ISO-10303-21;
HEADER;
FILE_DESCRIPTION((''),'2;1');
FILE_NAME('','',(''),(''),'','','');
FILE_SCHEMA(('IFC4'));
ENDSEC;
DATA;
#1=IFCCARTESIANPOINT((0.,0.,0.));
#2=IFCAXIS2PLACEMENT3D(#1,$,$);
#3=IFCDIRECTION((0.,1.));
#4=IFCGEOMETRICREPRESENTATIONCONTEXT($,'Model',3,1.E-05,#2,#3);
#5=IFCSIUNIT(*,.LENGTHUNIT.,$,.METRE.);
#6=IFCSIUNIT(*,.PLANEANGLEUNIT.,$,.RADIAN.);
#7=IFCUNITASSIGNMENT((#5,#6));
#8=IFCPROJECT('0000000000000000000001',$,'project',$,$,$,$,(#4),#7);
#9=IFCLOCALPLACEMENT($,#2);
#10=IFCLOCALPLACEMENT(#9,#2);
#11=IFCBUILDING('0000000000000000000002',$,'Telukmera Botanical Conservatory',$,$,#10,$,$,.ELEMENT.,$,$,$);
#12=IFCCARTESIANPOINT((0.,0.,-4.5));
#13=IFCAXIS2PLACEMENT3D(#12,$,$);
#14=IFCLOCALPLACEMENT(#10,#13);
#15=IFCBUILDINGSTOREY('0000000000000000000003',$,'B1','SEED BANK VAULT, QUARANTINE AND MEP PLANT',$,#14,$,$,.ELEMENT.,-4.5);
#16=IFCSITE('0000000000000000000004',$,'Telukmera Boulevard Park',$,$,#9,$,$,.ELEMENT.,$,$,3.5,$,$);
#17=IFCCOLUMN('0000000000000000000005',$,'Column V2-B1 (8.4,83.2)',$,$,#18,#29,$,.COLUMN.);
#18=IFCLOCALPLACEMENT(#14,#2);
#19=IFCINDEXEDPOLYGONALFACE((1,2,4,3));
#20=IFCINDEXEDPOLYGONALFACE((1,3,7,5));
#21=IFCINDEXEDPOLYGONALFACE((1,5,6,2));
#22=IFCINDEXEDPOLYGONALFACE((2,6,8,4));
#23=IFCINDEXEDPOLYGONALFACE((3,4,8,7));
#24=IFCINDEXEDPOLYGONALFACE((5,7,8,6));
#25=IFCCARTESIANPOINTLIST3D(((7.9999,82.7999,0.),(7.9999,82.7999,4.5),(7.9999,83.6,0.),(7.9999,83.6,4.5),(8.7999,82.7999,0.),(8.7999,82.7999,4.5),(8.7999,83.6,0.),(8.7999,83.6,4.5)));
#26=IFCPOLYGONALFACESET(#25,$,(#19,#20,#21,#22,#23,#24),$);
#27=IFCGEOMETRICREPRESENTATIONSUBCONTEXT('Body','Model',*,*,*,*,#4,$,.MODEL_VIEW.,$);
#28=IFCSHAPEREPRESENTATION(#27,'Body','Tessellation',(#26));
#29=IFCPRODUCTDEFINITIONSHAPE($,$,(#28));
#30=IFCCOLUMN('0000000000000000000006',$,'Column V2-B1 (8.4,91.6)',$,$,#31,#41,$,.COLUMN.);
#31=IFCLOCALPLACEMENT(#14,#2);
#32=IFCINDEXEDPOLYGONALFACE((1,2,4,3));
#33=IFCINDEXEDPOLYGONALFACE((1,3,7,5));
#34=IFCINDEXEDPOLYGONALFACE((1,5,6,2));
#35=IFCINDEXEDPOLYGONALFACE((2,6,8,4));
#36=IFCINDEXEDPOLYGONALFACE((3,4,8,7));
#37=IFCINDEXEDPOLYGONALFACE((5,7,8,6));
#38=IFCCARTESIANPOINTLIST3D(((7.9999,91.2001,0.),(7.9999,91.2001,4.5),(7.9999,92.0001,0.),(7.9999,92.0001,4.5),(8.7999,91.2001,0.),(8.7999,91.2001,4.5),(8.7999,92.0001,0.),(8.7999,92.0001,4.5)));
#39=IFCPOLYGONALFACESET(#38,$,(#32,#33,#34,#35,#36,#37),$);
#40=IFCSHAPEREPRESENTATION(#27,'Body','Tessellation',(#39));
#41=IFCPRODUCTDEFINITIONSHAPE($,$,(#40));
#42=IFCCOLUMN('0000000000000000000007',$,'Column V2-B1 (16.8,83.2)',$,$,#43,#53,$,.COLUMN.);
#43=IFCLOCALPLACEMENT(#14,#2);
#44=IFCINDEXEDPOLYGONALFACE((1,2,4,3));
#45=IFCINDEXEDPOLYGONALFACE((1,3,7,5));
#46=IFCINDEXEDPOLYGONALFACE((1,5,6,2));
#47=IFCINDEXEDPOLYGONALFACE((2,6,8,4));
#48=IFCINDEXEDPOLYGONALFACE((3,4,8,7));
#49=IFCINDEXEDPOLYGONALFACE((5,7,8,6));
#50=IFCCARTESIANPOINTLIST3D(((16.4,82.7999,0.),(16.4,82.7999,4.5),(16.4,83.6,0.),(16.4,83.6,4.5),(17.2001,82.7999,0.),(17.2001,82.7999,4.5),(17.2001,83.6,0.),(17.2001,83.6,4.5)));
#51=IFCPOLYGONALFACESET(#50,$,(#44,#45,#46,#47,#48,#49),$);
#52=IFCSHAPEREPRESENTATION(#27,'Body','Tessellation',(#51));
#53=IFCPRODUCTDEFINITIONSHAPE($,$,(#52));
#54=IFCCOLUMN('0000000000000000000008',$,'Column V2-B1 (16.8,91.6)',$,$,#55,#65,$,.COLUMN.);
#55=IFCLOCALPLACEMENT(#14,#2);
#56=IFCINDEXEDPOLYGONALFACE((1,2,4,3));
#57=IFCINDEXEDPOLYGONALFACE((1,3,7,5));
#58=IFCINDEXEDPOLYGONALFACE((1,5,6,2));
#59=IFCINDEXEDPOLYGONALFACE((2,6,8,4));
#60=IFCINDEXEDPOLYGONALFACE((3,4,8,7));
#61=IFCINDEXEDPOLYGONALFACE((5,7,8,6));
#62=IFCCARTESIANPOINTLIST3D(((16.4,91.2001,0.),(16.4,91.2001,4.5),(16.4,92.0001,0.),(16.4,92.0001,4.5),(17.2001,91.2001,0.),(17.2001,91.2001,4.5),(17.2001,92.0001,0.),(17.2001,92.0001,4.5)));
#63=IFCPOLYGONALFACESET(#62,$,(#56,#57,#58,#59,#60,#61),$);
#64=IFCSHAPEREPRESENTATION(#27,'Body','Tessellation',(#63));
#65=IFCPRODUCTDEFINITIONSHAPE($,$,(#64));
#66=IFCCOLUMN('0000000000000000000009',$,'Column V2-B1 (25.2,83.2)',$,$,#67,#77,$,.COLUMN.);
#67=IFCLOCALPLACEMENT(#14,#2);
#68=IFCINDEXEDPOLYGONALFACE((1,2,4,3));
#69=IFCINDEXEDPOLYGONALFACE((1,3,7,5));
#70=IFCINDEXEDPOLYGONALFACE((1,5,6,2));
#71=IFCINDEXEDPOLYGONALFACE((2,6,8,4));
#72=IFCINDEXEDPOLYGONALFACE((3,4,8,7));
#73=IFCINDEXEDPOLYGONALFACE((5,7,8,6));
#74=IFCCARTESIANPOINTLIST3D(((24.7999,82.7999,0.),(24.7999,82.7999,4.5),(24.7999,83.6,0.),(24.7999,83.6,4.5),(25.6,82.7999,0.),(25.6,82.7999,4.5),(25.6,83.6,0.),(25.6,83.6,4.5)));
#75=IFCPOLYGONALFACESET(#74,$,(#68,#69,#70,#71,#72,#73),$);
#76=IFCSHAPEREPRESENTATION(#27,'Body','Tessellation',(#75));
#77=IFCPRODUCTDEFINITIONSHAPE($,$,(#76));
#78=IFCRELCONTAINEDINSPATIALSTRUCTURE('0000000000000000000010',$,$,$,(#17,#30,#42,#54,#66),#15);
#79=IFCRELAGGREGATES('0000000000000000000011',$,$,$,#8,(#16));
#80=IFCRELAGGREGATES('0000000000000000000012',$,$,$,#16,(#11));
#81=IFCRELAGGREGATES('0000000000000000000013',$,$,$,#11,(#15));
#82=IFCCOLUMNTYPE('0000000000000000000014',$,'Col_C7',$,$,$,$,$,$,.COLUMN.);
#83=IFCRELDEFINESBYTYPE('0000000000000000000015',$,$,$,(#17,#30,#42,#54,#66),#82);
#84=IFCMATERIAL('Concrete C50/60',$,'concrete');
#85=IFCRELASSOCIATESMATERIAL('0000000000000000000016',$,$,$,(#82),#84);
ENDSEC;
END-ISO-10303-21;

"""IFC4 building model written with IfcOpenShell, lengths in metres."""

from ifc_helpers import new_model, si_unit, direction, frame, origin, origin_2d, place, context, subcontext, project, spatial, rectangle, extrude, material, material_profile, profile_set, type_object, element, save


model = new_model("IFC4")

# Units and contexts
model_context = context("Model", 3, precision=1e-05, world=origin(), true_north=direction((0.0, 1.0)))
body_context = subcontext(model_context, "Body", "Model", "MODEL_VIEW")
ifc_project = project(units=[si_unit("LENGTHUNIT", "METRE"), si_unit("PLANEANGLEUNIT", "RADIAN")], contexts=[model_context])

# Site, building, storey
site_placement = place(None, origin())
site = spatial("IfcSite", under=ifc_project, at=site_placement, Name="Telukmera Boulevard Park", CompositionType="ELEMENT", RefElevation=3.5)
building_placement = place(site_placement, origin())
building = spatial("IfcBuilding", under=site, at=building_placement, Name="Telukmera Botanical Conservatory", CompositionType="ELEMENT")
storey_placement = place(building_placement, frame((0.0, 0.0, -4.5)))
storey = spatial("IfcBuildingStorey", under=building, at=storey_placement, Name="B1", Description="SEED BANK VAULT, QUARANTINE AND MEP PLANT", CompositionType="ELEMENT", Elevation=-4.5)

# Shared definitions
ifc_material_1 = material(Name="Concrete C50/60", Category="concrete")

# Columns
ifc_material_profile_1 = material_profile(ifc_material_1, rectangle(XDim=0.8, YDim=0.8, at=origin_2d()), Name="RC 800x800")
ifc_profile_set_1 = profile_set([ifc_material_profile_1], Name="Concrete C50/60")
column_type = type_object("IfcColumnType", Name="Col_C7", PredefinedType="COLUMN", material=ifc_profile_set_1)
for number, where, z_axis, x_axis, name in (
    (1, (8.3999, 83.2, 0.0), (0.0, 0.0, 1.0), (1.0, 0.0, 0.0), "Column V2-B1 (8.4,83.2)"),
    (2, (8.3999, 91.6001, 0.0), (0.0, 0.0, 1.0), (1.0, 0.0, 0.0), "Column V2-B1 (8.4,91.6)"),
    (3, (16.8, 83.2, 0.0), (0.0, 0.0, 1.0), (1.0, 0.0, 0.0), "Column V2-B1 (16.8,83.2)"),
    (4, (16.8, 91.6001, 0.0), (0.0, 0.0, 1.0), (1.0, 0.0, 0.0), "Column V2-B1 (16.8,91.6)"),
    (5, (25.2, 83.2, 0.0), (0.0, 0.0, 1.0), (1.0, 0.0, 0.0), "Column V2-B1 (25.2,83.2)"),
):
    element("IfcColumn", number, at=place(storey_placement, frame(where, z_axis=z_axis, x_axis=x_axis)), inside=storey, type_object=column_type, Name=name, PredefinedType="COLUMN", context=body_context, shape_type="SweptSolid", body=[
        extrude(rectangle(XDim=0.8, YDim=0.8, at=origin_2d()), origin(), (0.0, 0.0, 1.0), 4.5),
    ])

save(model, "model.ifc")
